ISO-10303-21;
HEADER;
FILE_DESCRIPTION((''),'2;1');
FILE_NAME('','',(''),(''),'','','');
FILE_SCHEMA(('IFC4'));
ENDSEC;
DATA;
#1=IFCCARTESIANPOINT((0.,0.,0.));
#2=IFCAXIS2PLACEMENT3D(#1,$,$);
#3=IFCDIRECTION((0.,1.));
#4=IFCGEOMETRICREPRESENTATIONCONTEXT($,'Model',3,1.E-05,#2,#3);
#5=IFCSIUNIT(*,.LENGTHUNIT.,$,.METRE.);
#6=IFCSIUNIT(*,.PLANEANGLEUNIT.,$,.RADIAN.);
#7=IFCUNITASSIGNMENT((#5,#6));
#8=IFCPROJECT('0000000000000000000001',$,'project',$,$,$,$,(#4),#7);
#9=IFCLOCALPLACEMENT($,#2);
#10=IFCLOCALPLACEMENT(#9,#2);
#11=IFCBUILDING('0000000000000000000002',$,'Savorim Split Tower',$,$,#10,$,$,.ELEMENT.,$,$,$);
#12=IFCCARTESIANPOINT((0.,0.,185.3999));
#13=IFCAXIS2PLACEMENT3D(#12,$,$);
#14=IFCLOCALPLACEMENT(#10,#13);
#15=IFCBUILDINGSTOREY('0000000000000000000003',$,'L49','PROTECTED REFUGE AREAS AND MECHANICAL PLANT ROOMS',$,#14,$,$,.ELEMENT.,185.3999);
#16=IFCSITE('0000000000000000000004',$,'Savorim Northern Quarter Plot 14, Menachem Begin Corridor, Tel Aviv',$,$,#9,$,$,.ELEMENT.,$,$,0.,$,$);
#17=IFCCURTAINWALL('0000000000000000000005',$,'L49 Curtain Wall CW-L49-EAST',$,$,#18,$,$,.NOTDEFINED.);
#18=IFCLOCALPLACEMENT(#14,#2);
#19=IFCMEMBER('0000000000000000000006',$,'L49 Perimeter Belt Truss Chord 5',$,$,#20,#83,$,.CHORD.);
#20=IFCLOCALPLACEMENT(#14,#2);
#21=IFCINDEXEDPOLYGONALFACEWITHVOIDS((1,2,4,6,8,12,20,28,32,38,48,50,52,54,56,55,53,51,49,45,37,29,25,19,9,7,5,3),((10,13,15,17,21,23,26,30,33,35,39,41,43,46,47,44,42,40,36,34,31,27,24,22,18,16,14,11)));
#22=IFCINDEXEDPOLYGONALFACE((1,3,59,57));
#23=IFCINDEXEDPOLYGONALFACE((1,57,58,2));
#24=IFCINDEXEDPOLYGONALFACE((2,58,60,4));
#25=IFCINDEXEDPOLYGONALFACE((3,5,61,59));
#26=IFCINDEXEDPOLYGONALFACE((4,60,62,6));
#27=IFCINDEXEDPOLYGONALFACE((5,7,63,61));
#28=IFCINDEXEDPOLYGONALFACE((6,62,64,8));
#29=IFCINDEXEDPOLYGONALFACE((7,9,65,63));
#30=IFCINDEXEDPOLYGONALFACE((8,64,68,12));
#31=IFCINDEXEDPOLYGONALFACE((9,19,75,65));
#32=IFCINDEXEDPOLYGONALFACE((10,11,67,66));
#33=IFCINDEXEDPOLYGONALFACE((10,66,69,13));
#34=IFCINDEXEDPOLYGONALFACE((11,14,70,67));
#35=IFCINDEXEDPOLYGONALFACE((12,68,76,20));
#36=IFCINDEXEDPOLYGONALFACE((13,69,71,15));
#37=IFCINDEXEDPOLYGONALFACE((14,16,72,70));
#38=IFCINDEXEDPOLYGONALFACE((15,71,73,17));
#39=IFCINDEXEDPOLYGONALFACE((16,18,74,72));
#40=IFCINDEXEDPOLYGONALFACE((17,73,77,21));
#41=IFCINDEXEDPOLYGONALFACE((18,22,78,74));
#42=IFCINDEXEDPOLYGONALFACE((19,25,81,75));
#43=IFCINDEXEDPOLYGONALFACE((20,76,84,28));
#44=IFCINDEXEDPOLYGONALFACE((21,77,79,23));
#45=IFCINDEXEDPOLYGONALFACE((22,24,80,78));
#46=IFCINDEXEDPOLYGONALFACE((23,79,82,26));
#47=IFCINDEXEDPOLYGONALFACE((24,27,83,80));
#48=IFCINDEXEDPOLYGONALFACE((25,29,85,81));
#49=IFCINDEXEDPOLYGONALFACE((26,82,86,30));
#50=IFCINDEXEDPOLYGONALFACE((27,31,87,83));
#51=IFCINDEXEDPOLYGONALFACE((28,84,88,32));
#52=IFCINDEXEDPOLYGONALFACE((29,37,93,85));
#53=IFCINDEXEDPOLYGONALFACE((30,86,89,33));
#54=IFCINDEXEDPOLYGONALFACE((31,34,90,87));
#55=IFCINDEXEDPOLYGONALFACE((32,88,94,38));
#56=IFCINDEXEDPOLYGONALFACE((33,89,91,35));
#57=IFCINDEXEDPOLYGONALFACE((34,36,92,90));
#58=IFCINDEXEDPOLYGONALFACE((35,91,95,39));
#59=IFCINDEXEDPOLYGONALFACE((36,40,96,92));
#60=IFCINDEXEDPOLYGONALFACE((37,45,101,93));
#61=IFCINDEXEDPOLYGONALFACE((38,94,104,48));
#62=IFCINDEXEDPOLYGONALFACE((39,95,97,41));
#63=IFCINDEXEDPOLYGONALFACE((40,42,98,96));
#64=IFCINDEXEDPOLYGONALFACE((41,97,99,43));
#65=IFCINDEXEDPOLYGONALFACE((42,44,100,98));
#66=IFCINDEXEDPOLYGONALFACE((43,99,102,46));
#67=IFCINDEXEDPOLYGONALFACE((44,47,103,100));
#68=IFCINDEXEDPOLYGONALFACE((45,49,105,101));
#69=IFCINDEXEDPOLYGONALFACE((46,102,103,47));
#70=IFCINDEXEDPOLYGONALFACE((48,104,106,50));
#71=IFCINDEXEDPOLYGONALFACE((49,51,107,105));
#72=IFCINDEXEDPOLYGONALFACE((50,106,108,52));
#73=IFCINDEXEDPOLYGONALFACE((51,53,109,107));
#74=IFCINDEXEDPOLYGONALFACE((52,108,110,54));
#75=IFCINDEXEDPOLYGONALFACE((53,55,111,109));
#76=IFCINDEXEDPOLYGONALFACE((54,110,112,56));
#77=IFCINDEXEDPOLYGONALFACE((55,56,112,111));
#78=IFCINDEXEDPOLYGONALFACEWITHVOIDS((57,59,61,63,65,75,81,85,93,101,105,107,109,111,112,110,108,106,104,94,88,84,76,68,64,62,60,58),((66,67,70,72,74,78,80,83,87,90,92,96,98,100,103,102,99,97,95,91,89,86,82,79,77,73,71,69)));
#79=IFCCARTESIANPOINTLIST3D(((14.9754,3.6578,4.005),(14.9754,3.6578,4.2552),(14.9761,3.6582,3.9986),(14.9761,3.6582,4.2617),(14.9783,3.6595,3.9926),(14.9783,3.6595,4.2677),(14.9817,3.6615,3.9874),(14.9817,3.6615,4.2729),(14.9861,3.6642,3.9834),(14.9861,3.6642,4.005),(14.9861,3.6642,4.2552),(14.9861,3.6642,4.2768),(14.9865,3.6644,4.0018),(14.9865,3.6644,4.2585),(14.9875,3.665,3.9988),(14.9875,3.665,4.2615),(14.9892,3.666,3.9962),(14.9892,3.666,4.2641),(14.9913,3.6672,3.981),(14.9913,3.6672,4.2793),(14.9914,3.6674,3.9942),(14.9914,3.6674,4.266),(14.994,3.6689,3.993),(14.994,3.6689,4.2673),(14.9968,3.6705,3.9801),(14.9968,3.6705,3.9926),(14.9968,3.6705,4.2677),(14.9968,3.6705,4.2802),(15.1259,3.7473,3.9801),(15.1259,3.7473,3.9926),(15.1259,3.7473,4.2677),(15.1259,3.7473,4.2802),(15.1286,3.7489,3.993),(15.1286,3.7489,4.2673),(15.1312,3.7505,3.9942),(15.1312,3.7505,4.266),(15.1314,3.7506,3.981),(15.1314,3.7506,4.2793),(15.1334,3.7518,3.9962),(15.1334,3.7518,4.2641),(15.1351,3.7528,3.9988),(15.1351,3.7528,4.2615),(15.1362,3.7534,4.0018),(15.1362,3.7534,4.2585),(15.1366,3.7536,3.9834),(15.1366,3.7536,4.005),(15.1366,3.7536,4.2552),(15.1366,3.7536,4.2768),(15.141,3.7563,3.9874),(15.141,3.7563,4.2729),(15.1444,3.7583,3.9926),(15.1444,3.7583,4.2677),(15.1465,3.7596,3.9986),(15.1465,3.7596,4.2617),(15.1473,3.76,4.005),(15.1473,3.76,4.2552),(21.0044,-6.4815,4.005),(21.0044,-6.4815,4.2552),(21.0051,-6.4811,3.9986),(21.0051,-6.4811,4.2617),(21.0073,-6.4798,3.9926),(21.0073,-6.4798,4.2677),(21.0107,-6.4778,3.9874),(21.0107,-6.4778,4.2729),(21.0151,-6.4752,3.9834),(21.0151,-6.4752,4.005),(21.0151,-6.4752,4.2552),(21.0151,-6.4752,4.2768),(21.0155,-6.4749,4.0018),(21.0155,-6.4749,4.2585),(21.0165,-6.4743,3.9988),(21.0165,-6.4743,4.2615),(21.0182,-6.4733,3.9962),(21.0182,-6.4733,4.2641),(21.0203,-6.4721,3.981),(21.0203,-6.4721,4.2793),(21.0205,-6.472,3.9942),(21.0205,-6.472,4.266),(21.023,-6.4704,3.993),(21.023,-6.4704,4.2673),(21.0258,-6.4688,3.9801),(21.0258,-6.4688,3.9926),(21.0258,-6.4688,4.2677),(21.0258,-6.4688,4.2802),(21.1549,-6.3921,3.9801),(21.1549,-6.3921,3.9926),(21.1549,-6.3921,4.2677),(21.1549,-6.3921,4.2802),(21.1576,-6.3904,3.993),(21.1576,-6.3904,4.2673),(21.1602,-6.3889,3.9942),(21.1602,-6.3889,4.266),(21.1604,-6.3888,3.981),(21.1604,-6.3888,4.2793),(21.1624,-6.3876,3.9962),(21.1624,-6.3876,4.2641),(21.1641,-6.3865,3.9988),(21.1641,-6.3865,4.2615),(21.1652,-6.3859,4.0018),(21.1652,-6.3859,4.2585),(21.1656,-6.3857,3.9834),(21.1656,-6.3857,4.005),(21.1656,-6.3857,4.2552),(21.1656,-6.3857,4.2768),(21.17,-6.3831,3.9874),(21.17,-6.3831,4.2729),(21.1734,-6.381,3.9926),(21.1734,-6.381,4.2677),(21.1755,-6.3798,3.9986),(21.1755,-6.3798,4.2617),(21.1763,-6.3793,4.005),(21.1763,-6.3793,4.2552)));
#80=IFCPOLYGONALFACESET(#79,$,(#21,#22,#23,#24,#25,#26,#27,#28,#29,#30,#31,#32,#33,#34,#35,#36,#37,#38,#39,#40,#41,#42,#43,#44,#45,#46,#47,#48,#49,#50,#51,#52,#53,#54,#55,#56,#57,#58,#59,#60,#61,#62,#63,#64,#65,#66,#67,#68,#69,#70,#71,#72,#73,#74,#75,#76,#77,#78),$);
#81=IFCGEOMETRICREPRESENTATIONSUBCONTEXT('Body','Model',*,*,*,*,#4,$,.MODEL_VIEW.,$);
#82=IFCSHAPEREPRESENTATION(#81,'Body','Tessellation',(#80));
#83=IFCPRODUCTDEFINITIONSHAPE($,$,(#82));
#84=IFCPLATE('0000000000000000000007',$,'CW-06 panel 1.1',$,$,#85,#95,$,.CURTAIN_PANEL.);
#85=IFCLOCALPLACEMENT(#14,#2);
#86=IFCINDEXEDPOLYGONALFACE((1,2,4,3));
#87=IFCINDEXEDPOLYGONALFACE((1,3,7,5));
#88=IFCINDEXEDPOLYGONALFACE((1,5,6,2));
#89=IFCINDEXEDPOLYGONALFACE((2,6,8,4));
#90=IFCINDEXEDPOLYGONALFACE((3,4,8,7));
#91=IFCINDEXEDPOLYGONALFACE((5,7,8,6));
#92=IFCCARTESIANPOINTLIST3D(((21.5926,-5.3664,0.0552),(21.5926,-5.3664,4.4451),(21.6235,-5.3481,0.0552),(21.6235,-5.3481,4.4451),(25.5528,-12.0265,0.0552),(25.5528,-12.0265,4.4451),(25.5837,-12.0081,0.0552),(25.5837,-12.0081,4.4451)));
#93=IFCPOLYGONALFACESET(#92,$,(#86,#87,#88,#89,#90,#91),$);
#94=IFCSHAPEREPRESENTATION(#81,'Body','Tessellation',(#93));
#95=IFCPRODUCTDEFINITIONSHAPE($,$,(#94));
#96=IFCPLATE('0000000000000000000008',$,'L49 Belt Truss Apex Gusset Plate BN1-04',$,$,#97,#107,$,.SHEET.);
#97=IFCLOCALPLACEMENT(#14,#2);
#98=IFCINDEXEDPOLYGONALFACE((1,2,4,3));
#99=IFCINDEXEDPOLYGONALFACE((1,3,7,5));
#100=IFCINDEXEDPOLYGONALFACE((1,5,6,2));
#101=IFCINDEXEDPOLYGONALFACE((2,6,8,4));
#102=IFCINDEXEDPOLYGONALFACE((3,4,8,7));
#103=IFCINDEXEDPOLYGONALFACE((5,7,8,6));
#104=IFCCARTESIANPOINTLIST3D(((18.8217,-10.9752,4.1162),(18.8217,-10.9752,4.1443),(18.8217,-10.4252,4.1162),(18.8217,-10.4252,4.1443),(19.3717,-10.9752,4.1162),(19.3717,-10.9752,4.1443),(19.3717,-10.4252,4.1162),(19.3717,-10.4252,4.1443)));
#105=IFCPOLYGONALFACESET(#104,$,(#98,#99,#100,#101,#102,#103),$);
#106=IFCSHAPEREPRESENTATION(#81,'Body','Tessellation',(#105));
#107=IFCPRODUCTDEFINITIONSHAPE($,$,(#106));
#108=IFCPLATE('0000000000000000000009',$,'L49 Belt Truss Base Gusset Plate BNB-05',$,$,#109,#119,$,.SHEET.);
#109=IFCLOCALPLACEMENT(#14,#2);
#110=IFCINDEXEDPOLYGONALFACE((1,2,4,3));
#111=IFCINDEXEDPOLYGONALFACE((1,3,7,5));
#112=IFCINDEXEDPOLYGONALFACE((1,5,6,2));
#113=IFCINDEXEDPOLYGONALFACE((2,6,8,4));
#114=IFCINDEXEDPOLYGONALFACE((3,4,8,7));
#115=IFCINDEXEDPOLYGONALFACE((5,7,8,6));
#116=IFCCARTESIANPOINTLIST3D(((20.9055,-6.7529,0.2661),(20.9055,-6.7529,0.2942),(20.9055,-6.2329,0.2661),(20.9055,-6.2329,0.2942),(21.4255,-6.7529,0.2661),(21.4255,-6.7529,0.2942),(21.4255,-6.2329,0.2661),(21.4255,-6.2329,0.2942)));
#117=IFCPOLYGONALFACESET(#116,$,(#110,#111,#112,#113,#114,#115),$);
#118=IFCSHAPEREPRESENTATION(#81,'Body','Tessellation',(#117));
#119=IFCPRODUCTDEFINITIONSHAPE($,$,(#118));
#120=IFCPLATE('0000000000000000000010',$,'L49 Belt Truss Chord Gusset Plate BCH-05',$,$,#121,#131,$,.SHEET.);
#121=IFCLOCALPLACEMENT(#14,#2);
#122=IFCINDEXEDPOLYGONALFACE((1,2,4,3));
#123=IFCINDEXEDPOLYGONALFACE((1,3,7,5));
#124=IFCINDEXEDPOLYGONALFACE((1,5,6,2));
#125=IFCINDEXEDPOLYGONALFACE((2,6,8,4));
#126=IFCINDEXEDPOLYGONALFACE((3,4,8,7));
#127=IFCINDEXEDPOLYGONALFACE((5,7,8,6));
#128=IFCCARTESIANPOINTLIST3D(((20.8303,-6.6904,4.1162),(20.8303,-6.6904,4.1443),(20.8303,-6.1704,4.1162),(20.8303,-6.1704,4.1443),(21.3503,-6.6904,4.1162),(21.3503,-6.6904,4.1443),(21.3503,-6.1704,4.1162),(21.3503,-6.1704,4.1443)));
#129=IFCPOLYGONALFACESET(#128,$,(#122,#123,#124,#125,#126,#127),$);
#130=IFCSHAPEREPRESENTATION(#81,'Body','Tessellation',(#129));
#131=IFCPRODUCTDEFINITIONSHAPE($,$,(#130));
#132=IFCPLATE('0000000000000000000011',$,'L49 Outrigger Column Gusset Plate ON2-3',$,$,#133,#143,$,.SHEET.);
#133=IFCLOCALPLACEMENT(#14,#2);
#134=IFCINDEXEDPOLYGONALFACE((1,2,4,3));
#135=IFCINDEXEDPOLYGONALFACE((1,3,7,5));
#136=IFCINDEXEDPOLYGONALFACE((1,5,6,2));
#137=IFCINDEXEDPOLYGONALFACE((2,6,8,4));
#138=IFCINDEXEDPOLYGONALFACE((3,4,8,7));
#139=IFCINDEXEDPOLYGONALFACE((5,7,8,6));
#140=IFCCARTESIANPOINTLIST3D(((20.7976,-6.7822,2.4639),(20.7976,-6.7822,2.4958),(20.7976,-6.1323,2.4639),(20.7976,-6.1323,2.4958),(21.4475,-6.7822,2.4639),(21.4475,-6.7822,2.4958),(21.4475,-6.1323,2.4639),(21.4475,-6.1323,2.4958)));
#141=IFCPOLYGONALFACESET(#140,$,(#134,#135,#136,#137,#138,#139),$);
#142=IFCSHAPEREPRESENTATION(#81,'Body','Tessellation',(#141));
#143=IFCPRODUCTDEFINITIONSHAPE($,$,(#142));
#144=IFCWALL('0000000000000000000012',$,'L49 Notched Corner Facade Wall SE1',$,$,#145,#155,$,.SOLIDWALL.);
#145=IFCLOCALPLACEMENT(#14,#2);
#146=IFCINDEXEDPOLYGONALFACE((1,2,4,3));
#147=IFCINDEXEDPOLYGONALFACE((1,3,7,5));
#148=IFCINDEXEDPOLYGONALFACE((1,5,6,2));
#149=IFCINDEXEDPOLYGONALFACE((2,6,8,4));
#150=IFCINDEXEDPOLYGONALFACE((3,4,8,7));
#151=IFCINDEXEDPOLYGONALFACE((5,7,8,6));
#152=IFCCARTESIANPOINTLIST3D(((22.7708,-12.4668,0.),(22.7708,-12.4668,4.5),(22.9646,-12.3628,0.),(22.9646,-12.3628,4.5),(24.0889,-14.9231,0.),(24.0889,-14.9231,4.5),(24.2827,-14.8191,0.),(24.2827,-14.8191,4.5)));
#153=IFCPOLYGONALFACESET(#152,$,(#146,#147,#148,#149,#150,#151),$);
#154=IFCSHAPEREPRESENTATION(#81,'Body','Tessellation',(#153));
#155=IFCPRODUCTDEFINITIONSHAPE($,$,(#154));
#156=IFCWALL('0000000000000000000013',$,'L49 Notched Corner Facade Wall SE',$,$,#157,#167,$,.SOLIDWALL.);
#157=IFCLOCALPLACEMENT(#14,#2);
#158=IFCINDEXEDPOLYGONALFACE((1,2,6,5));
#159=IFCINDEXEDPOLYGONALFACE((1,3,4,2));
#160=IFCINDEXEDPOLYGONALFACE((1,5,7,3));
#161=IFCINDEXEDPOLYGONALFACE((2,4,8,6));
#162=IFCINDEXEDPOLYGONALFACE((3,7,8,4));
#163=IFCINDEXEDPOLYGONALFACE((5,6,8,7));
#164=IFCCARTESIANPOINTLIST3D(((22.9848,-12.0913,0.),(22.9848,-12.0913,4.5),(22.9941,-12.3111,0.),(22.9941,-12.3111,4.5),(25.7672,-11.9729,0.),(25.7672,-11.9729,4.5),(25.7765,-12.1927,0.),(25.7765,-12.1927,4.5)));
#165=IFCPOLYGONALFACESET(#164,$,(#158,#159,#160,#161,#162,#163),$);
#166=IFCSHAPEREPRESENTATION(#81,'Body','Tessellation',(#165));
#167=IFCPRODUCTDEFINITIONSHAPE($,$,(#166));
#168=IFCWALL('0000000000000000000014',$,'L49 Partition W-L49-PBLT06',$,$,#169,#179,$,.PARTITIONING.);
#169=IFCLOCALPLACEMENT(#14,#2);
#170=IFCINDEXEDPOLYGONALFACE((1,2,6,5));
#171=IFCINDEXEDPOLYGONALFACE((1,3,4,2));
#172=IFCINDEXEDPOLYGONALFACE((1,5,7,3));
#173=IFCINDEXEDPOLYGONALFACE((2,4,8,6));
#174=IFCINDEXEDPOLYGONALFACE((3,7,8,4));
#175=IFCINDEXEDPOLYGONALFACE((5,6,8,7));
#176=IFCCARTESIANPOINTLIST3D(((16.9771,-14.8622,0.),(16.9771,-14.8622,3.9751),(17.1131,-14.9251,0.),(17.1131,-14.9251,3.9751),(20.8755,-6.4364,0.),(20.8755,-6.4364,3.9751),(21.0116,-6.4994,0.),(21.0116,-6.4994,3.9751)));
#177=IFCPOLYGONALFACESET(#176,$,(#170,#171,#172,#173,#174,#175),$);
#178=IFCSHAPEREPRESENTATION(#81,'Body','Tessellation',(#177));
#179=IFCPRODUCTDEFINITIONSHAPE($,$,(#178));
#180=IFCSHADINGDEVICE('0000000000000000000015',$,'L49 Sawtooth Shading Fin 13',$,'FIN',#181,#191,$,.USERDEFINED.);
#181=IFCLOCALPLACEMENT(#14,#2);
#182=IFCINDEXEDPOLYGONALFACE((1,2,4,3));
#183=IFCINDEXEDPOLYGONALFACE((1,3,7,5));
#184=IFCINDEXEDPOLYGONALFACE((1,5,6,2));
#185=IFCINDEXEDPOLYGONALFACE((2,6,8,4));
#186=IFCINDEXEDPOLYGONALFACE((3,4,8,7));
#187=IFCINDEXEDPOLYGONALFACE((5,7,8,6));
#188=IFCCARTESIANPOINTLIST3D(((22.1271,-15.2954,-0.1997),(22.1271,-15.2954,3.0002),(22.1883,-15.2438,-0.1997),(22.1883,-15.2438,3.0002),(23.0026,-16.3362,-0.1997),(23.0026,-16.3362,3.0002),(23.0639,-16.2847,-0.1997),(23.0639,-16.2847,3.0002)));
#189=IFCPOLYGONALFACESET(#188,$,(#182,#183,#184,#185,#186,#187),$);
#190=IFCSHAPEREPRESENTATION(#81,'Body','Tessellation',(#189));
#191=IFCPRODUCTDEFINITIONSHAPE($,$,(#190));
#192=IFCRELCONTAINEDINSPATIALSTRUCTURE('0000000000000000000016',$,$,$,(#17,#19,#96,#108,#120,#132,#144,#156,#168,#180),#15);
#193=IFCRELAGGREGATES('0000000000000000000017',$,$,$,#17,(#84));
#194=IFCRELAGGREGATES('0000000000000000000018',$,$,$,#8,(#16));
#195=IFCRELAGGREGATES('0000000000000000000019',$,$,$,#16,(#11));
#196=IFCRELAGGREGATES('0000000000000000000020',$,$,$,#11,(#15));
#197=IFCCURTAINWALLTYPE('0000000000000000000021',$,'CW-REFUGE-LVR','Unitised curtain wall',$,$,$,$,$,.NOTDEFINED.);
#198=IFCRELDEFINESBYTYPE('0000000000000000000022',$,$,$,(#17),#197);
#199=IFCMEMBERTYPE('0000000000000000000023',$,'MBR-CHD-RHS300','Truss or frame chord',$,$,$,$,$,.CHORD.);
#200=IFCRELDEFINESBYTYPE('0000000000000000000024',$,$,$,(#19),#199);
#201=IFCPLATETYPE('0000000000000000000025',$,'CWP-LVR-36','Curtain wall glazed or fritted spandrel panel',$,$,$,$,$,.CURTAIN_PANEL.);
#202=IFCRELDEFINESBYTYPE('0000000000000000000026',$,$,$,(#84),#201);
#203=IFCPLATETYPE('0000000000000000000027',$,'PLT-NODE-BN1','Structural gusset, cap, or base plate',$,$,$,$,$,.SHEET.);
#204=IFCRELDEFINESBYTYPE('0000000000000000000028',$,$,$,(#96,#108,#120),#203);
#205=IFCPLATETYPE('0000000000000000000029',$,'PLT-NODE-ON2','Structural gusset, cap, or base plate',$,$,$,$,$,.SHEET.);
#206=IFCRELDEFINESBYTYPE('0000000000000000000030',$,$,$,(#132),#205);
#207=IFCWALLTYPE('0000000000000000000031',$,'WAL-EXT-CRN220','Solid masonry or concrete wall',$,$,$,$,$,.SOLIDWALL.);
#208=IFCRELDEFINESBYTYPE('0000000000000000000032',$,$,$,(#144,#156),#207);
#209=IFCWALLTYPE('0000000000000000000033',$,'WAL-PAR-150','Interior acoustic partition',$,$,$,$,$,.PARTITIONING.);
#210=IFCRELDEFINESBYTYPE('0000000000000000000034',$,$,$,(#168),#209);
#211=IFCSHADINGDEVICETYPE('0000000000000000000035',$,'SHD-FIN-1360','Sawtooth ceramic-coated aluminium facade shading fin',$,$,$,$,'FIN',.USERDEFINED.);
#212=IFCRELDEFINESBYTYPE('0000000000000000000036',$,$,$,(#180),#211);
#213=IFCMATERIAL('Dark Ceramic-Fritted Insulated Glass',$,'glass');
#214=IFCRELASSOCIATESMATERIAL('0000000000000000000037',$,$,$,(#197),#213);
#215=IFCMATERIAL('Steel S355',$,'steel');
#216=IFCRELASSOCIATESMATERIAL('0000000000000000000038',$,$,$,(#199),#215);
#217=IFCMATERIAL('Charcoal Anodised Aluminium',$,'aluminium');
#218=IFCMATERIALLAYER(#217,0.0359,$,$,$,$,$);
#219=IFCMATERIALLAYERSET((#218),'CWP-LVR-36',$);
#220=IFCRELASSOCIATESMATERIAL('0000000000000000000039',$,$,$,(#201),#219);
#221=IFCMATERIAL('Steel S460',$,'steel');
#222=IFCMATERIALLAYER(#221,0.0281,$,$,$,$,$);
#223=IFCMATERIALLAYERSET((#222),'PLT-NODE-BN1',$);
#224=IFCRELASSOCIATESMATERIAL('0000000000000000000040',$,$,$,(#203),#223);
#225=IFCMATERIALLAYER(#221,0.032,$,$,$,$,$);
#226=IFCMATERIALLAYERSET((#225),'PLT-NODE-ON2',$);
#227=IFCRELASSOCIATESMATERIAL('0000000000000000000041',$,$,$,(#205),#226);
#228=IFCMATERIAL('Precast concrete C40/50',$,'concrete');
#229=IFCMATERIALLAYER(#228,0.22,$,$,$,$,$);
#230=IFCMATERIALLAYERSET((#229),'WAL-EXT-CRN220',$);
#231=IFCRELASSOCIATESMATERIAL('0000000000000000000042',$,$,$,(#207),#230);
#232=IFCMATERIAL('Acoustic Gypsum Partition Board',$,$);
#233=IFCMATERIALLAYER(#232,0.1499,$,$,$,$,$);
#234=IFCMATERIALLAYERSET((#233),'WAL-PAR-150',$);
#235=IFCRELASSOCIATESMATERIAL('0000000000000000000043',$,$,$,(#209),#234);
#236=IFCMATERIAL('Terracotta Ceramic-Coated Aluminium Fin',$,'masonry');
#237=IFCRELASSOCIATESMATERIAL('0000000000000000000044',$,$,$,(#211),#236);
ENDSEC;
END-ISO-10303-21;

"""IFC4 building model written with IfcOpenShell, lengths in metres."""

from ifc_helpers import new_model, si_unit, direction, frame, frame_2d, origin, origin_2d, place, context, subcontext, project, spatial, rectangle, hollow_rectangle, extrude, material, layer, layer_set, material_profile, profile_set, type_object, element, aggregate, save


model = new_model("IFC4")

# Units and contexts
model_context = context("Model", 3, precision=1e-05, world=origin(), true_north=direction((0.0, 1.0)))
body_context = subcontext(model_context, "Body", "Model", "MODEL_VIEW")
ifc_project = project(units=[si_unit("LENGTHUNIT", "METRE"), si_unit("PLANEANGLEUNIT", "RADIAN")], contexts=[model_context])

# Site, building, storey
site_placement = place(None, origin())
site = spatial("IfcSite", under=ifc_project, at=site_placement, Name="Savorim Northern Quarter Plot 14, Menachem Begin Corridor, Tel Aviv", CompositionType="ELEMENT", RefElevation=0.0)
building_placement = place(site_placement, origin())
building = spatial("IfcBuilding", under=site, at=building_placement, Name="Savorim Split Tower", CompositionType="ELEMENT")
storey_placement = place(building_placement, frame((0.0, 0.0, 185.3999)))
storey = spatial("IfcBuildingStorey", under=building, at=storey_placement, Name="L49", Description="PROTECTED REFUGE AREAS AND MECHANICAL PLANT ROOMS", CompositionType="ELEMENT", Elevation=185.3999)

# Shared definitions
ifc_material_1 = material(Name="Steel S355", Category="steel")

# Shared definitions
ifc_material_2 = material(Name="Dark Ceramic-Fritted Insulated Glass", Category="glass")
curtain_wall_type = type_object("IfcCurtainWallType", Name="CW-REFUGE-LVR", Description="Unitised curtain wall", PredefinedType="NOTDEFINED", material=ifc_material_2)
ifc_material_3 = material(Name="Charcoal Anodised Aluminium", Category="aluminium")

# Curtain wall
curtain_wall_1_placement = place(storey_placement, origin())
curtain_wall_1 = element("IfcCurtainWall", 1, at=curtain_wall_1_placement, inside=storey, type_object=curtain_wall_type, Name="L49 Curtain Wall CW-L49-EAST", PredefinedType="NOTDEFINED")

# Member
ifc_material_4 = material(Name="Steel S460", Category="steel")
ifc_material_profile_1 = material_profile(ifc_material_1, hollow_rectangle(XDim=0.2, YDim=0.3, WallThickness=0.0125, InnerFilletRadius=0.0125, OuterFilletRadius=0.0249, at=origin_2d()), Name="RHS 300x200x12.5")
ifc_profile_set_1 = profile_set([ifc_material_profile_1], Name="Steel S355")
member_type_1 = type_object("IfcMemberType", Name="MBR-CHD-RHS300", Description="Truss or frame chord", PredefinedType="CHORD", material=ifc_profile_set_1)
member_1_placement = place(storey_placement, frame((21.0903, -6.4304, 4.1301), z_axis=(-0.511089, 0.859528, 0.0), x_axis=(-0.859528, -0.511089, 0.0)))
element("IfcMember", 2, at=member_1_placement, inside=storey, type_object=member_type_1, Name="L49 Perimeter Belt Truss Chord 5", PredefinedType="CHORD", context=body_context, shape_type="SweptSolid", body=[
    extrude(hollow_rectangle(XDim=0.2, YDim=0.3, WallThickness=0.0125, InnerFilletRadius=0.0125, OuterFilletRadius=0.0249, at=origin_2d()), origin(), (0.0, 0.0, 1.0), 11.7964),
])

# Plate
ifc_layer_1 = layer(ifc_material_3, 0.0359)
ifc_layer_set_1 = layer_set([ifc_layer_1], Name="CWP-LVR-36")
plate_type_1 = type_object("IfcPlateType", Name="CWP-LVR-36", Description="Curtain wall glazed or fritted spandrel panel", PredefinedType="CURTAIN_PANEL", material=ifc_layer_set_1)
plate_1_placement = place(storey_placement, frame((23.5881, -8.6873, 0.0552), z_axis=(0.0, 0.0, 1.0), x_axis=(-0.511092, 0.859526, 0.0)))
plate_1 = element("IfcPlate", 3, at=plate_1_placement, type_object=plate_type_1, Name="CW-06 panel 1.1", PredefinedType="CURTAIN_PANEL", context=body_context, shape_type="SweptSolid", body=[
    extrude(rectangle(XDim=7.7485, YDim=0.0359, at=origin_2d()), origin(), (0.0, 0.0, 1.0), 4.3899),
])
aggregate(curtain_wall_1, [plate_1])

# Plates
ifc_layer_2 = layer(ifc_material_4, 0.0281)
ifc_layer_set_2 = layer_set([ifc_layer_2], Name="PLT-NODE-BN1")
plate_type_2 = type_object("IfcPlateType", Name="PLT-NODE-BN1", Description="Structural gusset, cap, or base plate", PredefinedType="SHEET", material=ifc_layer_set_2)
plate_2_placement = place(storey_placement, frame((19.0967, -10.7002, 4.1162), z_axis=(0.0, 0.0, 1.0), x_axis=(1.0, 0.0, 0.0)))
element("IfcPlate", 4, at=plate_2_placement, inside=storey, type_object=plate_type_2, Name="L49 Belt Truss Apex Gusset Plate BN1-04", PredefinedType="SHEET", context=body_context, shape_type="SweptSolid", body=[
    extrude(rectangle(XDim=0.55, YDim=0.55, at=origin_2d()), origin(), (0.0, 0.0, 1.0), 0.0281),
])
for number, where, z_axis, x_axis, name in (
    (5, (21.1655, -6.4929, 0.2661), (0.0, 0.0, 1.0), (1.0, 0.0, 0.0), "L49 Belt Truss Base Gusset Plate BNB-05"),
    (6, (21.0903, -6.4304, 4.1162), (0.0, 0.0, 1.0), (1.0, 0.0, 0.0), "L49 Belt Truss Chord Gusset Plate BCH-05"),
):
    element("IfcPlate", number, at=place(storey_placement, frame(where, z_axis=z_axis, x_axis=x_axis)), inside=storey, type_object=plate_type_2, Name=name, PredefinedType="SHEET", context=body_context, shape_type="SweptSolid", body=[
        extrude(rectangle(XDim=0.52, YDim=0.52, at=origin_2d()), origin(), (0.0, 0.0, 1.0), 0.0281),
    ])
ifc_layer_3 = layer(ifc_material_4, 0.032)
ifc_layer_set_3 = layer_set([ifc_layer_3], Name="PLT-NODE-ON2")
plate_type_3 = type_object("IfcPlateType", Name="PLT-NODE-ON2", Description="Structural gusset, cap, or base plate", PredefinedType="SHEET", material=ifc_layer_set_3)
plate_3_placement = place(storey_placement, frame((21.1226, -6.4573, 2.4639), z_axis=(0.0, 0.0, 1.0), x_axis=(1.0, 0.0, 0.0)))
element("IfcPlate", 7, at=plate_3_placement, inside=storey, type_object=plate_type_3, Name="L49 Outrigger Column Gusset Plate ON2-3", PredefinedType="SHEET", context=body_context, shape_type="SweptSolid", body=[
    extrude(rectangle(XDim=0.6499, YDim=0.6499, at=origin_2d()), origin(), (0.0, 0.0, 1.0), 0.032),
])

# Walls
ifc_material_5 = material(Name="Precast concrete C40/50", Category="concrete")
ifc_layer_4 = layer(ifc_material_5, 0.22)
ifc_layer_set_4 = layer_set([ifc_layer_4], Name="WAL-EXT-CRN220")
wall_type_1 = type_object("IfcWallType", Name="WAL-EXT-CRN220", Description="Solid masonry or concrete wall", PredefinedType="SOLIDWALL", material=ifc_layer_set_4)
wall_1_placement = place(storey_placement, frame((22.8677, -12.4148, 0.0), z_axis=(0.0, 0.0, 1.0), x_axis=(0.472846, -0.881145, 0.0)))
element("IfcWall", 8, at=wall_1_placement, inside=storey, type_object=wall_type_1, Name="L49 Notched Corner Facade Wall SE1", PredefinedType="SOLIDWALL", context=body_context, shape_type="SweptSolid", body=[
    extrude(rectangle(XDim=2.7876, YDim=0.22, at=frame_2d((1.3938, 0.0))), origin(), (0.0, 0.0, 1.0), 4.5),
])
wall_2_placement = place(storey_placement, frame((25.772, -12.0828, 0.0), z_axis=(0.0, 0.0, 1.0), x_axis=(-0.999096, -0.042517, 0.0)))
element("IfcWall", 9, at=wall_2_placement, inside=storey, type_object=wall_type_1, Name="L49 Notched Corner Facade Wall SE", PredefinedType="SOLIDWALL", context=body_context, shape_type="SweptSolid", body=[
    extrude(rectangle(XDim=2.7849, YDim=0.22, at=frame_2d((1.3926, 0.0))), origin(), (0.0, 0.0, 1.0), 4.5),
])
ifc_material_6 = material(Name="Acoustic Gypsum Partition Board")
ifc_layer_5 = layer(ifc_material_6, 0.1499)
ifc_layer_set_5 = layer_set([ifc_layer_5], Name="WAL-PAR-150")
wall_type_2 = type_object("IfcWallType", Name="WAL-PAR-150", Description="Interior acoustic partition", PredefinedType="PARTITIONING", material=ifc_layer_set_5)
wall_3_placement = place(storey_placement, frame((20.9436, -6.4678, 0.0), z_axis=(0.0, 0.0, 1.0), x_axis=(-0.419912, -0.907565, 0.0)))
element("IfcWall", 10, at=wall_3_placement, inside=storey, type_object=wall_type_2, Name="L49 Partition W-L49-PBLT06", PredefinedType="PARTITIONING", context=body_context, shape_type="SweptSolid", body=[
    extrude(rectangle(XDim=9.2839, YDim=0.1499, at=frame_2d((4.6421, 0.0))), origin(), (0.0, 0.0, 1.0), 3.9751),
])

# Shading device
ifc_material_7 = material(Name="Terracotta Ceramic-Coated Aluminium Fin", Category="masonry")
shading_device_type = type_object("IfcShadingDeviceType", Name="SHD-FIN-1360", Description="Sawtooth ceramic-coated aluminium facade shading fin", ElementType="FIN", PredefinedType="USERDEFINED", material=ifc_material_7)
shading_device_placement = place(storey_placement, frame((22.5955, -15.79, -0.1997), z_axis=(0.0, 0.0, 1.0), x_axis=(0.643719, -0.765262, 0.0)))
element("IfcShadingDevice", 11, at=shading_device_placement, inside=storey, type_object=shading_device_type, Name="L49 Sawtooth Shading Fin 13", ObjectType="FIN", PredefinedType="USERDEFINED", context=body_context, shape_type="SweptSolid", body=[
    extrude(rectangle(XDim=1.3601, YDim=0.0801, at=origin_2d()), origin(), (0.0, 0.0, 1.0), 3.2),
])

save(model, "model.ifc")
